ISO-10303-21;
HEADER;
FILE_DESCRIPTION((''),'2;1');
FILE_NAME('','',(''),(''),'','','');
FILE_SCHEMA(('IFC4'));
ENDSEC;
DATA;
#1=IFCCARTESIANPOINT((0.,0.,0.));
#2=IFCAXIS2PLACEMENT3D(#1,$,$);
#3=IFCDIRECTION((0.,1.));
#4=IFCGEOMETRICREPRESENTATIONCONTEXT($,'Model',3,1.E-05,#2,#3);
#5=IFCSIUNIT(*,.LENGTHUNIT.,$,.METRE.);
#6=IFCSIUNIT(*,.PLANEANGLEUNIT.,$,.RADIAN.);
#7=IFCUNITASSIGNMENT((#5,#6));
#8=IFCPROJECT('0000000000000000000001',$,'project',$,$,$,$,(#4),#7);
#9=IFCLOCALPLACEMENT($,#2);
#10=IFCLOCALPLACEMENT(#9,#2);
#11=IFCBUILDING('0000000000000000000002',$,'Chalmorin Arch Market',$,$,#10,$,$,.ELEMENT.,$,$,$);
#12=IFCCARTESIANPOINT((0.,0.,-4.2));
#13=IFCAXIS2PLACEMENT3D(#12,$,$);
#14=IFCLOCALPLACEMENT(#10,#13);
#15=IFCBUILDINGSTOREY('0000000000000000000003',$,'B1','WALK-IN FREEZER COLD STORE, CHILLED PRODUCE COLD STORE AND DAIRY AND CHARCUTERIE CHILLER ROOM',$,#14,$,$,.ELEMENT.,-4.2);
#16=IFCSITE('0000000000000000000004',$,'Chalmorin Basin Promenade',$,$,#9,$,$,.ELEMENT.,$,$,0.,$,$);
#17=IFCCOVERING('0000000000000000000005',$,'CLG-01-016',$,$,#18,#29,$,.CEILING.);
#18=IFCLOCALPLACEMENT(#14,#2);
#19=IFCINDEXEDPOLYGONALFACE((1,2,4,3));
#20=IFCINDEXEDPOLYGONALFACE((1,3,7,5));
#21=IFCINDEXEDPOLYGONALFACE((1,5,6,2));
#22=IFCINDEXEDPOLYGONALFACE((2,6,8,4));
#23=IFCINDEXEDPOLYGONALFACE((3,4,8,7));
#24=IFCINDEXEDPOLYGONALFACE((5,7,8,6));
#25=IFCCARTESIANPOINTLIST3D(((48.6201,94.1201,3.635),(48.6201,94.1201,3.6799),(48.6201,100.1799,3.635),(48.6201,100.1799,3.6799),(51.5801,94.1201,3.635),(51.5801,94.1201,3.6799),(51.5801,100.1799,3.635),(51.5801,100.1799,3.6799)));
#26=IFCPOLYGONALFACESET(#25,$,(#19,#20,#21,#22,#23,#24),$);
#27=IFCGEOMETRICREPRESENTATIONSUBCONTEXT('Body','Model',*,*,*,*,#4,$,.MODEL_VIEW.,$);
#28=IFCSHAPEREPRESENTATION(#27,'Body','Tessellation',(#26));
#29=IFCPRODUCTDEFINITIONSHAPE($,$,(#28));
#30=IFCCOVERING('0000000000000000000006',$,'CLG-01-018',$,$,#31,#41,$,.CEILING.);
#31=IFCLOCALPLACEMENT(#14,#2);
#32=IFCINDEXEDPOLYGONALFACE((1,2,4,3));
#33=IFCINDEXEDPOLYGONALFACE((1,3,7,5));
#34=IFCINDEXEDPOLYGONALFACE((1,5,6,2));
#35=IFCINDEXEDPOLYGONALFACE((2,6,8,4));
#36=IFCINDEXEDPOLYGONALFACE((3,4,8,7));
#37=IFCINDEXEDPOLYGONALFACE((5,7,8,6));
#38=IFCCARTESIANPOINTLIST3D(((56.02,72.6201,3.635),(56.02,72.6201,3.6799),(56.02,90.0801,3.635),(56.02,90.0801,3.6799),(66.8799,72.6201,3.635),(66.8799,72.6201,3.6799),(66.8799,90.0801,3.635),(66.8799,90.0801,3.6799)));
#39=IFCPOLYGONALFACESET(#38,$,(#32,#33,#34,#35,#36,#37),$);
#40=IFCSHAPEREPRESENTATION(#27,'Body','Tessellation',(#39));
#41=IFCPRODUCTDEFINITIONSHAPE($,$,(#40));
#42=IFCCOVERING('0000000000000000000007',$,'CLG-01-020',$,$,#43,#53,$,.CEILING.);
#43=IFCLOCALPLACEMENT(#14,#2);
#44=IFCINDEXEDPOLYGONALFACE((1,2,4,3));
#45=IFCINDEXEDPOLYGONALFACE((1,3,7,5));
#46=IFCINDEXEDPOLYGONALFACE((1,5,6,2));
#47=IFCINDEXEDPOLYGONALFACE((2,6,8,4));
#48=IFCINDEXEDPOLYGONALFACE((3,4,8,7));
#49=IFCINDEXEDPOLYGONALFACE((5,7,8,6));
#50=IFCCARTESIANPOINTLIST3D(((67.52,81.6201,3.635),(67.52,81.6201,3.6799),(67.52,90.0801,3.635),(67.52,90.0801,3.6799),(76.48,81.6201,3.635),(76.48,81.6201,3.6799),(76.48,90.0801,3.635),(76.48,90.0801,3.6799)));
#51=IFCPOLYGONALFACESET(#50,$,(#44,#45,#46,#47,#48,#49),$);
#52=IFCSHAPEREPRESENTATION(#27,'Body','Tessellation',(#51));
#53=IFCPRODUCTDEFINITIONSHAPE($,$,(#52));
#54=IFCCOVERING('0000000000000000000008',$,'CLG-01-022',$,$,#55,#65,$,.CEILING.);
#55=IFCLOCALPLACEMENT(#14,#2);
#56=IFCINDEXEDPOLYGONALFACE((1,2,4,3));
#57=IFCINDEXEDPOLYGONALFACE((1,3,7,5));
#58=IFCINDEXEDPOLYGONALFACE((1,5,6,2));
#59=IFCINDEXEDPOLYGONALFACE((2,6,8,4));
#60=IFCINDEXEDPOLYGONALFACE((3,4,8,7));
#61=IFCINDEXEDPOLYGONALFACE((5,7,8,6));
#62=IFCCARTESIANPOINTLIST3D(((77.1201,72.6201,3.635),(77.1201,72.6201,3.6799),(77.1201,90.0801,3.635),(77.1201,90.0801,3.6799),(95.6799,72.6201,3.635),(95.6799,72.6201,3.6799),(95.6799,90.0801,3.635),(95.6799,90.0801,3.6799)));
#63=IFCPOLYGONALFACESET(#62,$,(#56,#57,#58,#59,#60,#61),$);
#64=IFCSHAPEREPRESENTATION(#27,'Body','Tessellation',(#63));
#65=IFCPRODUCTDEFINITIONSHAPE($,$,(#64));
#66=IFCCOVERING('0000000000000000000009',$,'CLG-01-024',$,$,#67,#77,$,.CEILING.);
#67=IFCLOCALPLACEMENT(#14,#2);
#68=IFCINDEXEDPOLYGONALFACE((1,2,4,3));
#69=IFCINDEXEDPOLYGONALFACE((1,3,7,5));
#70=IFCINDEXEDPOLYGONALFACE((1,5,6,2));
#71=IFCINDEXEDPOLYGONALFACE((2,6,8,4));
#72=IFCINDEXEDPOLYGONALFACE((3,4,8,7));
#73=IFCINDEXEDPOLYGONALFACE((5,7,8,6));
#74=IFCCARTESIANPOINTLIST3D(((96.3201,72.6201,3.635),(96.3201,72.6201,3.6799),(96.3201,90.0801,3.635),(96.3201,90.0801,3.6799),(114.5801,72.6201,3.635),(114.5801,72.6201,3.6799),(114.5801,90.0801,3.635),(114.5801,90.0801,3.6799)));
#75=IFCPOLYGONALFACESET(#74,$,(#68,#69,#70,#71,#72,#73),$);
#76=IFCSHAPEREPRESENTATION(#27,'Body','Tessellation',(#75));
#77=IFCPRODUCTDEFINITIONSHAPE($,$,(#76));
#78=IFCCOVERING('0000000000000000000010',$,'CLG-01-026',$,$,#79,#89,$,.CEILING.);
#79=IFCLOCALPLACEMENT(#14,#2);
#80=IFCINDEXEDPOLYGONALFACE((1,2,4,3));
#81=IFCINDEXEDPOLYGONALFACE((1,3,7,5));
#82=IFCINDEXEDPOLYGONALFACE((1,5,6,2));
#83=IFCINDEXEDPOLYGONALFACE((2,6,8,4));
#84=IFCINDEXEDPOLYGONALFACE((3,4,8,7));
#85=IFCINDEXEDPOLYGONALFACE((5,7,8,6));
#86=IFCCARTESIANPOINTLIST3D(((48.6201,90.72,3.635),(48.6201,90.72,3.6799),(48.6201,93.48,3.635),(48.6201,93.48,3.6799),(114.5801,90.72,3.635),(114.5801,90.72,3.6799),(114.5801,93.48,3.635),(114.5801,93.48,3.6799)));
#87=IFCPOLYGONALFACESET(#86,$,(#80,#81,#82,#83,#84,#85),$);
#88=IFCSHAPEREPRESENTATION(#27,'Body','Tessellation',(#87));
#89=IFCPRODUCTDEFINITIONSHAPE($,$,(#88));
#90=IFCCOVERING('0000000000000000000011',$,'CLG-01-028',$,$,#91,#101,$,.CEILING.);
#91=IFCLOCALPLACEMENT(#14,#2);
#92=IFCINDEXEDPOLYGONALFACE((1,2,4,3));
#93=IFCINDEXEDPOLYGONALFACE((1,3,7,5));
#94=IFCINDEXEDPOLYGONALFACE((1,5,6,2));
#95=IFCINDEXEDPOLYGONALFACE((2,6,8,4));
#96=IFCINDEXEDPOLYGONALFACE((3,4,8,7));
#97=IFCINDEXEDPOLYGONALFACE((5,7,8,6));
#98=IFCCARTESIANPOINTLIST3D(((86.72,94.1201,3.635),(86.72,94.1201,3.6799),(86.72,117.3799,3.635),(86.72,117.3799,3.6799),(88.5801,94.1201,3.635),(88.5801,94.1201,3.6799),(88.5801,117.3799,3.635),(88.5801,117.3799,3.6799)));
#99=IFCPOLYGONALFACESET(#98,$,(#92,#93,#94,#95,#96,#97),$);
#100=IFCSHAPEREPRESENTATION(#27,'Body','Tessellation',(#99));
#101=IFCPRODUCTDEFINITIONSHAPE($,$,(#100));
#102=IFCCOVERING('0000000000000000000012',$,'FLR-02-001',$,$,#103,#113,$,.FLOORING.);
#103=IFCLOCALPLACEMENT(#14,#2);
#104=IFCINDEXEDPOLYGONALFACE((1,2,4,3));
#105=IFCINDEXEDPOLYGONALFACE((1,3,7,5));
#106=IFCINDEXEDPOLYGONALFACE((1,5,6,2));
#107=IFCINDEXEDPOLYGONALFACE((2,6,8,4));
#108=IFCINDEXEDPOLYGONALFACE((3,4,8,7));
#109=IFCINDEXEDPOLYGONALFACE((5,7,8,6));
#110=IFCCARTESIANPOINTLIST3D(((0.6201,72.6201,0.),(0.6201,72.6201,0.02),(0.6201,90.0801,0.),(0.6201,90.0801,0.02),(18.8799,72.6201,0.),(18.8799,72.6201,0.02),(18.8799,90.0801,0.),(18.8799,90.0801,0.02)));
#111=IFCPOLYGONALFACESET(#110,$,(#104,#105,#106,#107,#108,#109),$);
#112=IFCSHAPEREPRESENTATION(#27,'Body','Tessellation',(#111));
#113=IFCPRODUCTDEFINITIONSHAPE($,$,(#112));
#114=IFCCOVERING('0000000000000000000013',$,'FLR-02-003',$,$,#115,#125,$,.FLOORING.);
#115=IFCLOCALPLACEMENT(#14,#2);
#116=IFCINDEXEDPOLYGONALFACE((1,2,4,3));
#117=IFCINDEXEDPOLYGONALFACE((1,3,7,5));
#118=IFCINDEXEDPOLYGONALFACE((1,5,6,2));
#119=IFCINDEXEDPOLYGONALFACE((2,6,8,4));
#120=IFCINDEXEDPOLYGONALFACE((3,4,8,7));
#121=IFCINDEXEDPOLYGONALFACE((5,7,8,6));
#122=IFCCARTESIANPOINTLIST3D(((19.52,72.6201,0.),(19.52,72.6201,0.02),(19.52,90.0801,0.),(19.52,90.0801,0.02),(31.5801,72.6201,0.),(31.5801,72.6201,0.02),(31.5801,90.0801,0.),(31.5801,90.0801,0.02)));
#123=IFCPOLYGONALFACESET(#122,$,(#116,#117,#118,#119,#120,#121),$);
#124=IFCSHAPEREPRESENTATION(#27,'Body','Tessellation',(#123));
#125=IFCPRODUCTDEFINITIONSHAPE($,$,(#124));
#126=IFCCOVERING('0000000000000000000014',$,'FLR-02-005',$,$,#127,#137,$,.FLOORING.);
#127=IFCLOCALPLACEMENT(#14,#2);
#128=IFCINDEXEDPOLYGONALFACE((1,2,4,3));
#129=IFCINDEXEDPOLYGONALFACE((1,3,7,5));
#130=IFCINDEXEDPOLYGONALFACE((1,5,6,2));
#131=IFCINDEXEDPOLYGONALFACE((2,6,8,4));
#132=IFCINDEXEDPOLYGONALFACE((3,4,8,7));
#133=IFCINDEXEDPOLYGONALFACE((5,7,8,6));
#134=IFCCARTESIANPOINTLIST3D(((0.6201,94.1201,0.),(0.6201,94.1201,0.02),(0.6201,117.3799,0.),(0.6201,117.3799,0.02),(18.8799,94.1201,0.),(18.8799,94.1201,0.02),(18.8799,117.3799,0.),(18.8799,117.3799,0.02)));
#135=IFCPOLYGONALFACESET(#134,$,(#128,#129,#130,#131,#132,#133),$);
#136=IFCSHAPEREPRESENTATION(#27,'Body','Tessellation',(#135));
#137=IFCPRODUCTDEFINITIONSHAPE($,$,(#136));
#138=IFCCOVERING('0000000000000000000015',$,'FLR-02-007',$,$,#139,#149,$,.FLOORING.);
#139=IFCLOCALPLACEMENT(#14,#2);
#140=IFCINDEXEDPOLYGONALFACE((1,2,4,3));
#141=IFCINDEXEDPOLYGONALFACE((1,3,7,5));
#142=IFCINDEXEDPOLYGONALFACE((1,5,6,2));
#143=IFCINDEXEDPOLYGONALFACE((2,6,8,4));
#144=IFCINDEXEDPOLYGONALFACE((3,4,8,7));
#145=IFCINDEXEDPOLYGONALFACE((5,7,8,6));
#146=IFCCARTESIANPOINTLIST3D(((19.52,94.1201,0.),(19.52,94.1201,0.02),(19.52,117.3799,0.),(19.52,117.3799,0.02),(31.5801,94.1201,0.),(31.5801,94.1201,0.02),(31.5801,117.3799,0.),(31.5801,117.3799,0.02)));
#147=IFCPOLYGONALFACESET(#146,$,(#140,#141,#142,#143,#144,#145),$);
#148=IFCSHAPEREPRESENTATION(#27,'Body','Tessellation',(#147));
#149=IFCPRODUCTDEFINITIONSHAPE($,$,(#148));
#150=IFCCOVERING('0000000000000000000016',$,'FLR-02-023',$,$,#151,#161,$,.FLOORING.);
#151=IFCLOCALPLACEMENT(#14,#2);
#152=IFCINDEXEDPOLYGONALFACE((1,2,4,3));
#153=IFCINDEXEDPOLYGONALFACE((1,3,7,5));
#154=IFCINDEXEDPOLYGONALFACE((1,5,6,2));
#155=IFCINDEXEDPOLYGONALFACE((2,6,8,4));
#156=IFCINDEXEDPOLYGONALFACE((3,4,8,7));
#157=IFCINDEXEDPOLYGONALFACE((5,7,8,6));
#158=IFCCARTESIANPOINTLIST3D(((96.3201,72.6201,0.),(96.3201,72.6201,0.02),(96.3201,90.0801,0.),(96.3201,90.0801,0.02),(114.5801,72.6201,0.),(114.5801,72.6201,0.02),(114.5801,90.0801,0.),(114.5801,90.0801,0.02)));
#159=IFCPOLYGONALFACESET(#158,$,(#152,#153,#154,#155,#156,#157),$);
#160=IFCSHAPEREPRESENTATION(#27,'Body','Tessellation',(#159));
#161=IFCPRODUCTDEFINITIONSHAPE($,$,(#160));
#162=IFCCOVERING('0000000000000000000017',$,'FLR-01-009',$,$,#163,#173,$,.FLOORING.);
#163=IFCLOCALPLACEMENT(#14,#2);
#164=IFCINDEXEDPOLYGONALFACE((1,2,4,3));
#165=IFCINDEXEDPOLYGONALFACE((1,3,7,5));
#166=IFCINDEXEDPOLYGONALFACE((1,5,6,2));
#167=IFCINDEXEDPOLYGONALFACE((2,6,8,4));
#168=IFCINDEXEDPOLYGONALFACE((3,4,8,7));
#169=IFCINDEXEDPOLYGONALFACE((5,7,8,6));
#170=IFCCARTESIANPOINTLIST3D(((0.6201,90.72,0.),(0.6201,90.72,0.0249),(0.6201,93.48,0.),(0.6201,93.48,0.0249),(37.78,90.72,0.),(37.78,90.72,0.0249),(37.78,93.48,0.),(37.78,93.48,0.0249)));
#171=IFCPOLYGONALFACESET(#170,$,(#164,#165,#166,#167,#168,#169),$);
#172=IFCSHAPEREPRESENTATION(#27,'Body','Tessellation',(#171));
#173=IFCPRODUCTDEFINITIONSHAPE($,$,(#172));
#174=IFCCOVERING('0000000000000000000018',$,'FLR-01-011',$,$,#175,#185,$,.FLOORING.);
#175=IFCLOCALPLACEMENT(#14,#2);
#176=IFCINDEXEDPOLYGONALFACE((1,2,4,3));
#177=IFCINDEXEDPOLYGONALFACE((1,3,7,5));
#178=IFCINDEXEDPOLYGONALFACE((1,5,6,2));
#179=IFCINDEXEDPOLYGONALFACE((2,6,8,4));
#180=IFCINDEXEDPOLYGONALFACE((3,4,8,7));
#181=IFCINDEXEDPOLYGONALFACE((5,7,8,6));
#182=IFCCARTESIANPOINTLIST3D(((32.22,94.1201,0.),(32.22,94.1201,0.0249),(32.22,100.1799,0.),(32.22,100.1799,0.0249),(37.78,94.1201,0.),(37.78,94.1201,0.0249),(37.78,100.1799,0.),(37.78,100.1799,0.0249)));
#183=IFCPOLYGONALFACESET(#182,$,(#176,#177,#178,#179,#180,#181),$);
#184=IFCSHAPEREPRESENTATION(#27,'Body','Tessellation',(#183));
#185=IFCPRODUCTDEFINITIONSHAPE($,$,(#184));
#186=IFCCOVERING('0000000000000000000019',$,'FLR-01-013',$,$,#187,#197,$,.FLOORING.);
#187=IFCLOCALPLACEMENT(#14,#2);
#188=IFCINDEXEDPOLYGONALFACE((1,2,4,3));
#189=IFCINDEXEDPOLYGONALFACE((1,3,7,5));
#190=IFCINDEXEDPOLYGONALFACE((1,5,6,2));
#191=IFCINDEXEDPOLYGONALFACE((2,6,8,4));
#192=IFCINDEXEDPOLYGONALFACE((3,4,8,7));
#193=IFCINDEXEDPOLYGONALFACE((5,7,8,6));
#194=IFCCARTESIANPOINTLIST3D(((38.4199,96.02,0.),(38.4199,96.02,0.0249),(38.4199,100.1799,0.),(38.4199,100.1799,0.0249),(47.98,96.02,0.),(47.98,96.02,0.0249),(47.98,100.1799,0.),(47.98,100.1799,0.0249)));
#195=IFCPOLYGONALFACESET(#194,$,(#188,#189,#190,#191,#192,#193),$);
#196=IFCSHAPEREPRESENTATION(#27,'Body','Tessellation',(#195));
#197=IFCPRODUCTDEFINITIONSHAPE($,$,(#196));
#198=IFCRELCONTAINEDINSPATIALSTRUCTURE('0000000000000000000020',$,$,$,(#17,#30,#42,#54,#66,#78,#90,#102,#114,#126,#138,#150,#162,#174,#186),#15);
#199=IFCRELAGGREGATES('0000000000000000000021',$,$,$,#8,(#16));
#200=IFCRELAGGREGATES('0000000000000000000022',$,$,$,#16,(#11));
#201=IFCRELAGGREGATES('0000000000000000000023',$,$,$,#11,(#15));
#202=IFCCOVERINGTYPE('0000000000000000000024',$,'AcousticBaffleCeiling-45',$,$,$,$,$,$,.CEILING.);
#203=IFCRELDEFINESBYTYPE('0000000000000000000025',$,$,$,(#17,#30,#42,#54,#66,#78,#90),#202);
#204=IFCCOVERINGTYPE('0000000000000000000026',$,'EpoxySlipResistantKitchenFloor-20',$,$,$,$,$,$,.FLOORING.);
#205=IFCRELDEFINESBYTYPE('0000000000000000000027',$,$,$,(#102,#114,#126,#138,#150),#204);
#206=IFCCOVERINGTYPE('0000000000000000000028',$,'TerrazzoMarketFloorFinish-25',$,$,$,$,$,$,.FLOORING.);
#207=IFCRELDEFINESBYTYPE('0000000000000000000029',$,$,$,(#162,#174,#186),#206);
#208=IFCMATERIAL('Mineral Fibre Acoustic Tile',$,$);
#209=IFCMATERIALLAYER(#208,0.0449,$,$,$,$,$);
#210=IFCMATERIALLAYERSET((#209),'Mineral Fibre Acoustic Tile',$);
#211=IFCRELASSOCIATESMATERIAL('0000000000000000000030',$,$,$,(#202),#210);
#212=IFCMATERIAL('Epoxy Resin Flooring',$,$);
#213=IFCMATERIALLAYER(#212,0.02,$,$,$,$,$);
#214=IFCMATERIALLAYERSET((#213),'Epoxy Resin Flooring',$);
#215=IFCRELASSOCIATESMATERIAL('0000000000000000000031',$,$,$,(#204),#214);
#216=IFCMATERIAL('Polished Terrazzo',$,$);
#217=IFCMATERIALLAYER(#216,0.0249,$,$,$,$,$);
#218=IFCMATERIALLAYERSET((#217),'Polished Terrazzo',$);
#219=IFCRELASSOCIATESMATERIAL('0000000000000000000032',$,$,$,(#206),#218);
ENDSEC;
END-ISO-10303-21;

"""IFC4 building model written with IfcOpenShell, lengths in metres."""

from ifc_helpers import new_model, si_unit, direction, frame, origin, place, context, subcontext, project, spatial, polyline, outline, extrude, material, layer, layer_set, type_object, element, save


model = new_model("IFC4")

# Units and contexts
model_context = context("Model", 3, precision=1e-05, world=origin(), true_north=direction((0.0, 1.0)))
body_context = subcontext(model_context, "Body", "Model", "MODEL_VIEW")
ifc_project = project(units=[si_unit("LENGTHUNIT", "METRE"), si_unit("PLANEANGLEUNIT", "RADIAN")], contexts=[model_context])

# Site, building, storey
site_placement = place(None, origin())
site = spatial("IfcSite", under=ifc_project, at=site_placement, Name="Chalmorin Basin Promenade", CompositionType="ELEMENT", RefElevation=0.0)
building_placement = place(site_placement, origin())
building = spatial("IfcBuilding", under=site, at=building_placement, Name="Chalmorin Arch Market", CompositionType="ELEMENT")
storey_placement = place(building_placement, frame((0.0, 0.0, -4.2)))
storey = spatial("IfcBuildingStorey", under=building, at=storey_placement, Name="B1", Description="WALK-IN FREEZER COLD STORE, CHILLED PRODUCE COLD STORE AND DAIRY AND CHARCUTERIE CHILLER ROOM", CompositionType="ELEMENT", Elevation=-4.2)

# Coverings
ifc_material_1 = material(Name="Mineral Fibre Acoustic Tile")
ifc_layer_1 = layer(ifc_material_1, 0.0449)
ifc_layer_set_1 = layer_set([ifc_layer_1], Name="Mineral Fibre Acoustic Tile")
covering_type_1 = type_object("IfcCoveringType", Name="AcousticBaffleCeiling-45", PredefinedType="CEILING", material=ifc_layer_set_1)
covering_1_placement = place(storey_placement, frame((0.0, 0.0, 3.635)))
element("IfcCovering", 1, at=covering_1_placement, inside=storey, type_object=covering_type_1, Name="CLG-01-016", PredefinedType="CEILING", context=body_context, shape_type="SweptSolid", body=[
    extrude(outline(polyline([(48.6201, 94.1201), (51.5801, 94.1201), (51.5801, 100.1799), (48.6201, 100.1799), (48.6201, 94.1201)])), origin(), (0.0, 0.0, 1.0), 0.0449),
])
covering_2_placement = place(storey_placement, frame((0.0, 0.0, 3.635)))
element("IfcCovering", 2, at=covering_2_placement, inside=storey, type_object=covering_type_1, Name="CLG-01-018", PredefinedType="CEILING", context=body_context, shape_type="SweptSolid", body=[
    extrude(outline(polyline([(56.02, 72.6201), (66.8799, 72.6201), (66.8799, 90.0801), (56.02, 90.0801), (56.02, 72.6201)])), origin(), (0.0, 0.0, 1.0), 0.0449),
])
covering_3_placement = place(storey_placement, frame((0.0, 0.0, 3.635)))
element("IfcCovering", 3, at=covering_3_placement, inside=storey, type_object=covering_type_1, Name="CLG-01-020", PredefinedType="CEILING", context=body_context, shape_type="SweptSolid", body=[
    extrude(outline(polyline([(67.52, 81.6201), (76.48, 81.6201), (76.48, 90.0801), (67.52, 90.0801), (67.52, 81.6201)])), origin(), (0.0, 0.0, 1.0), 0.0449),
])
covering_4_placement = place(storey_placement, frame((0.0, 0.0, 3.635)))
element("IfcCovering", 4, at=covering_4_placement, inside=storey, type_object=covering_type_1, Name="CLG-01-022", PredefinedType="CEILING", context=body_context, shape_type="SweptSolid", body=[
    extrude(outline(polyline([(77.1201, 72.6201), (95.6799, 72.6201), (95.6799, 90.0801), (77.1201, 90.0801), (77.1201, 72.6201)])), origin(), (0.0, 0.0, 1.0), 0.0449),
])
covering_5_placement = place(storey_placement, frame((0.0, 0.0, 3.635)))
element("IfcCovering", 5, at=covering_5_placement, inside=storey, type_object=covering_type_1, Name="CLG-01-024", PredefinedType="CEILING", context=body_context, shape_type="SweptSolid", body=[
    extrude(outline(polyline([(96.3201, 72.6201), (114.5801, 72.6201), (114.5801, 90.0801), (96.3201, 90.0801), (96.3201, 72.6201)])), origin(), (0.0, 0.0, 1.0), 0.0449),
])
covering_6_placement = place(storey_placement, frame((0.0, 0.0, 3.635)))
element("IfcCovering", 6, at=covering_6_placement, inside=storey, type_object=covering_type_1, Name="CLG-01-026", PredefinedType="CEILING", context=body_context, shape_type="SweptSolid", body=[
    extrude(outline(polyline([(48.6201, 90.72), (114.5801, 90.72), (114.5801, 93.48), (48.6201, 93.48), (48.6201, 90.72)])), origin(), (0.0, 0.0, 1.0), 0.0449),
])
covering_7_placement = place(storey_placement, frame((0.0, 0.0, 3.635)))
element("IfcCovering", 7, at=covering_7_placement, inside=storey, type_object=covering_type_1, Name="CLG-01-028", PredefinedType="CEILING", context=body_context, shape_type="SweptSolid", body=[
    extrude(outline(polyline([(86.72, 94.1201), (88.5801, 94.1201), (88.5801, 117.3799), (86.72, 117.3799), (86.72, 94.1201)])), origin(), (0.0, 0.0, 1.0), 0.0449),
])
ifc_material_2 = material(Name="Epoxy Resin Flooring")
ifc_layer_2 = layer(ifc_material_2, 0.02)
ifc_layer_set_2 = layer_set([ifc_layer_2], Name="Epoxy Resin Flooring")
covering_type_2 = type_object("IfcCoveringType", Name="EpoxySlipResistantKitchenFloor-20", PredefinedType="FLOORING", material=ifc_layer_set_2)
covering_8_placement = place(storey_placement, origin())
element("IfcCovering", 8, at=covering_8_placement, inside=storey, type_object=covering_type_2, Name="FLR-02-001", PredefinedType="FLOORING", context=body_context, shape_type="SweptSolid", body=[
    extrude(outline(polyline([(0.6201, 72.6201), (18.8799, 72.6201), (18.8799, 90.0801), (0.6201, 90.0801), (0.6201, 72.6201)])), origin(), (0.0, 0.0, 1.0), 0.02),
])
covering_9_placement = place(storey_placement, origin())
element("IfcCovering", 9, at=covering_9_placement, inside=storey, type_object=covering_type_2, Name="FLR-02-003", PredefinedType="FLOORING", context=body_context, shape_type="SweptSolid", body=[
    extrude(outline(polyline([(19.52, 72.6201), (31.5801, 72.6201), (31.5801, 90.0801), (19.52, 90.0801), (19.52, 72.6201)])), origin(), (0.0, 0.0, 1.0), 0.02),
])
covering_10_placement = place(storey_placement, origin())
element("IfcCovering", 10, at=covering_10_placement, inside=storey, type_object=covering_type_2, Name="FLR-02-005", PredefinedType="FLOORING", context=body_context, shape_type="SweptSolid", body=[
    extrude(outline(polyline([(0.6201, 94.1201), (18.8799, 94.1201), (18.8799, 117.3799), (0.6201, 117.3799), (0.6201, 94.1201)])), origin(), (0.0, 0.0, 1.0), 0.02),
])
covering_11_placement = place(storey_placement, origin())
element("IfcCovering", 11, at=covering_11_placement, inside=storey, type_object=covering_type_2, Name="FLR-02-007", PredefinedType="FLOORING", context=body_context, shape_type="SweptSolid", body=[
    extrude(outline(polyline([(19.52, 94.1201), (31.5801, 94.1201), (31.5801, 117.3799), (19.52, 117.3799), (19.52, 94.1201)])), origin(), (0.0, 0.0, 1.0), 0.02),
])
covering_12_placement = place(storey_placement, origin())
element("IfcCovering", 12, at=covering_12_placement, inside=storey, type_object=covering_type_2, Name="FLR-02-023", PredefinedType="FLOORING", context=body_context, shape_type="SweptSolid", body=[
    extrude(outline(polyline([(96.3201, 72.6201), (114.5801, 72.6201), (114.5801, 90.0801), (96.3201, 90.0801), (96.3201, 72.6201)])), origin(), (0.0, 0.0, 1.0), 0.02),
])
ifc_material_3 = material(Name="Polished Terrazzo")
ifc_layer_3 = layer(ifc_material_3, 0.0249)
ifc_layer_set_3 = layer_set([ifc_layer_3], Name="Polished Terrazzo")
covering_type_3 = type_object("IfcCoveringType", Name="TerrazzoMarketFloorFinish-25", PredefinedType="FLOORING", material=ifc_layer_set_3)
covering_13_placement = place(storey_placement, origin())
element("IfcCovering", 13, at=covering_13_placement, inside=storey, type_object=covering_type_3, Name="FLR-01-009", PredefinedType="FLOORING", context=body_context, shape_type="SweptSolid", body=[
    extrude(outline(polyline([(0.6201, 90.72), (37.78, 90.72), (37.78, 93.48), (0.6201, 93.48), (0.6201, 90.72)])), origin(), (0.0, 0.0, 1.0), 0.0249),
])
covering_14_placement = place(storey_placement, origin())
element("IfcCovering", 14, at=covering_14_placement, inside=storey, type_object=covering_type_3, Name="FLR-01-011", PredefinedType="FLOORING", context=body_context, shape_type="SweptSolid", body=[
    extrude(outline(polyline([(32.22, 94.1201), (37.78, 94.1201), (37.78, 100.1799), (32.22, 100.1799), (32.22, 94.1201)])), origin(), (0.0, 0.0, 1.0), 0.0249),
])
covering_15_placement = place(storey_placement, origin())
element("IfcCovering", 15, at=covering_15_placement, inside=storey, type_object=covering_type_3, Name="FLR-01-013", PredefinedType="FLOORING", context=body_context, shape_type="SweptSolid", body=[
    extrude(outline(polyline([(38.4199, 96.02), (47.98, 96.02), (47.98, 100.1799), (38.4199, 100.1799), (38.4199, 96.02)])), origin(), (0.0, 0.0, 1.0), 0.0249),
])

save(model, "model.ifc")
